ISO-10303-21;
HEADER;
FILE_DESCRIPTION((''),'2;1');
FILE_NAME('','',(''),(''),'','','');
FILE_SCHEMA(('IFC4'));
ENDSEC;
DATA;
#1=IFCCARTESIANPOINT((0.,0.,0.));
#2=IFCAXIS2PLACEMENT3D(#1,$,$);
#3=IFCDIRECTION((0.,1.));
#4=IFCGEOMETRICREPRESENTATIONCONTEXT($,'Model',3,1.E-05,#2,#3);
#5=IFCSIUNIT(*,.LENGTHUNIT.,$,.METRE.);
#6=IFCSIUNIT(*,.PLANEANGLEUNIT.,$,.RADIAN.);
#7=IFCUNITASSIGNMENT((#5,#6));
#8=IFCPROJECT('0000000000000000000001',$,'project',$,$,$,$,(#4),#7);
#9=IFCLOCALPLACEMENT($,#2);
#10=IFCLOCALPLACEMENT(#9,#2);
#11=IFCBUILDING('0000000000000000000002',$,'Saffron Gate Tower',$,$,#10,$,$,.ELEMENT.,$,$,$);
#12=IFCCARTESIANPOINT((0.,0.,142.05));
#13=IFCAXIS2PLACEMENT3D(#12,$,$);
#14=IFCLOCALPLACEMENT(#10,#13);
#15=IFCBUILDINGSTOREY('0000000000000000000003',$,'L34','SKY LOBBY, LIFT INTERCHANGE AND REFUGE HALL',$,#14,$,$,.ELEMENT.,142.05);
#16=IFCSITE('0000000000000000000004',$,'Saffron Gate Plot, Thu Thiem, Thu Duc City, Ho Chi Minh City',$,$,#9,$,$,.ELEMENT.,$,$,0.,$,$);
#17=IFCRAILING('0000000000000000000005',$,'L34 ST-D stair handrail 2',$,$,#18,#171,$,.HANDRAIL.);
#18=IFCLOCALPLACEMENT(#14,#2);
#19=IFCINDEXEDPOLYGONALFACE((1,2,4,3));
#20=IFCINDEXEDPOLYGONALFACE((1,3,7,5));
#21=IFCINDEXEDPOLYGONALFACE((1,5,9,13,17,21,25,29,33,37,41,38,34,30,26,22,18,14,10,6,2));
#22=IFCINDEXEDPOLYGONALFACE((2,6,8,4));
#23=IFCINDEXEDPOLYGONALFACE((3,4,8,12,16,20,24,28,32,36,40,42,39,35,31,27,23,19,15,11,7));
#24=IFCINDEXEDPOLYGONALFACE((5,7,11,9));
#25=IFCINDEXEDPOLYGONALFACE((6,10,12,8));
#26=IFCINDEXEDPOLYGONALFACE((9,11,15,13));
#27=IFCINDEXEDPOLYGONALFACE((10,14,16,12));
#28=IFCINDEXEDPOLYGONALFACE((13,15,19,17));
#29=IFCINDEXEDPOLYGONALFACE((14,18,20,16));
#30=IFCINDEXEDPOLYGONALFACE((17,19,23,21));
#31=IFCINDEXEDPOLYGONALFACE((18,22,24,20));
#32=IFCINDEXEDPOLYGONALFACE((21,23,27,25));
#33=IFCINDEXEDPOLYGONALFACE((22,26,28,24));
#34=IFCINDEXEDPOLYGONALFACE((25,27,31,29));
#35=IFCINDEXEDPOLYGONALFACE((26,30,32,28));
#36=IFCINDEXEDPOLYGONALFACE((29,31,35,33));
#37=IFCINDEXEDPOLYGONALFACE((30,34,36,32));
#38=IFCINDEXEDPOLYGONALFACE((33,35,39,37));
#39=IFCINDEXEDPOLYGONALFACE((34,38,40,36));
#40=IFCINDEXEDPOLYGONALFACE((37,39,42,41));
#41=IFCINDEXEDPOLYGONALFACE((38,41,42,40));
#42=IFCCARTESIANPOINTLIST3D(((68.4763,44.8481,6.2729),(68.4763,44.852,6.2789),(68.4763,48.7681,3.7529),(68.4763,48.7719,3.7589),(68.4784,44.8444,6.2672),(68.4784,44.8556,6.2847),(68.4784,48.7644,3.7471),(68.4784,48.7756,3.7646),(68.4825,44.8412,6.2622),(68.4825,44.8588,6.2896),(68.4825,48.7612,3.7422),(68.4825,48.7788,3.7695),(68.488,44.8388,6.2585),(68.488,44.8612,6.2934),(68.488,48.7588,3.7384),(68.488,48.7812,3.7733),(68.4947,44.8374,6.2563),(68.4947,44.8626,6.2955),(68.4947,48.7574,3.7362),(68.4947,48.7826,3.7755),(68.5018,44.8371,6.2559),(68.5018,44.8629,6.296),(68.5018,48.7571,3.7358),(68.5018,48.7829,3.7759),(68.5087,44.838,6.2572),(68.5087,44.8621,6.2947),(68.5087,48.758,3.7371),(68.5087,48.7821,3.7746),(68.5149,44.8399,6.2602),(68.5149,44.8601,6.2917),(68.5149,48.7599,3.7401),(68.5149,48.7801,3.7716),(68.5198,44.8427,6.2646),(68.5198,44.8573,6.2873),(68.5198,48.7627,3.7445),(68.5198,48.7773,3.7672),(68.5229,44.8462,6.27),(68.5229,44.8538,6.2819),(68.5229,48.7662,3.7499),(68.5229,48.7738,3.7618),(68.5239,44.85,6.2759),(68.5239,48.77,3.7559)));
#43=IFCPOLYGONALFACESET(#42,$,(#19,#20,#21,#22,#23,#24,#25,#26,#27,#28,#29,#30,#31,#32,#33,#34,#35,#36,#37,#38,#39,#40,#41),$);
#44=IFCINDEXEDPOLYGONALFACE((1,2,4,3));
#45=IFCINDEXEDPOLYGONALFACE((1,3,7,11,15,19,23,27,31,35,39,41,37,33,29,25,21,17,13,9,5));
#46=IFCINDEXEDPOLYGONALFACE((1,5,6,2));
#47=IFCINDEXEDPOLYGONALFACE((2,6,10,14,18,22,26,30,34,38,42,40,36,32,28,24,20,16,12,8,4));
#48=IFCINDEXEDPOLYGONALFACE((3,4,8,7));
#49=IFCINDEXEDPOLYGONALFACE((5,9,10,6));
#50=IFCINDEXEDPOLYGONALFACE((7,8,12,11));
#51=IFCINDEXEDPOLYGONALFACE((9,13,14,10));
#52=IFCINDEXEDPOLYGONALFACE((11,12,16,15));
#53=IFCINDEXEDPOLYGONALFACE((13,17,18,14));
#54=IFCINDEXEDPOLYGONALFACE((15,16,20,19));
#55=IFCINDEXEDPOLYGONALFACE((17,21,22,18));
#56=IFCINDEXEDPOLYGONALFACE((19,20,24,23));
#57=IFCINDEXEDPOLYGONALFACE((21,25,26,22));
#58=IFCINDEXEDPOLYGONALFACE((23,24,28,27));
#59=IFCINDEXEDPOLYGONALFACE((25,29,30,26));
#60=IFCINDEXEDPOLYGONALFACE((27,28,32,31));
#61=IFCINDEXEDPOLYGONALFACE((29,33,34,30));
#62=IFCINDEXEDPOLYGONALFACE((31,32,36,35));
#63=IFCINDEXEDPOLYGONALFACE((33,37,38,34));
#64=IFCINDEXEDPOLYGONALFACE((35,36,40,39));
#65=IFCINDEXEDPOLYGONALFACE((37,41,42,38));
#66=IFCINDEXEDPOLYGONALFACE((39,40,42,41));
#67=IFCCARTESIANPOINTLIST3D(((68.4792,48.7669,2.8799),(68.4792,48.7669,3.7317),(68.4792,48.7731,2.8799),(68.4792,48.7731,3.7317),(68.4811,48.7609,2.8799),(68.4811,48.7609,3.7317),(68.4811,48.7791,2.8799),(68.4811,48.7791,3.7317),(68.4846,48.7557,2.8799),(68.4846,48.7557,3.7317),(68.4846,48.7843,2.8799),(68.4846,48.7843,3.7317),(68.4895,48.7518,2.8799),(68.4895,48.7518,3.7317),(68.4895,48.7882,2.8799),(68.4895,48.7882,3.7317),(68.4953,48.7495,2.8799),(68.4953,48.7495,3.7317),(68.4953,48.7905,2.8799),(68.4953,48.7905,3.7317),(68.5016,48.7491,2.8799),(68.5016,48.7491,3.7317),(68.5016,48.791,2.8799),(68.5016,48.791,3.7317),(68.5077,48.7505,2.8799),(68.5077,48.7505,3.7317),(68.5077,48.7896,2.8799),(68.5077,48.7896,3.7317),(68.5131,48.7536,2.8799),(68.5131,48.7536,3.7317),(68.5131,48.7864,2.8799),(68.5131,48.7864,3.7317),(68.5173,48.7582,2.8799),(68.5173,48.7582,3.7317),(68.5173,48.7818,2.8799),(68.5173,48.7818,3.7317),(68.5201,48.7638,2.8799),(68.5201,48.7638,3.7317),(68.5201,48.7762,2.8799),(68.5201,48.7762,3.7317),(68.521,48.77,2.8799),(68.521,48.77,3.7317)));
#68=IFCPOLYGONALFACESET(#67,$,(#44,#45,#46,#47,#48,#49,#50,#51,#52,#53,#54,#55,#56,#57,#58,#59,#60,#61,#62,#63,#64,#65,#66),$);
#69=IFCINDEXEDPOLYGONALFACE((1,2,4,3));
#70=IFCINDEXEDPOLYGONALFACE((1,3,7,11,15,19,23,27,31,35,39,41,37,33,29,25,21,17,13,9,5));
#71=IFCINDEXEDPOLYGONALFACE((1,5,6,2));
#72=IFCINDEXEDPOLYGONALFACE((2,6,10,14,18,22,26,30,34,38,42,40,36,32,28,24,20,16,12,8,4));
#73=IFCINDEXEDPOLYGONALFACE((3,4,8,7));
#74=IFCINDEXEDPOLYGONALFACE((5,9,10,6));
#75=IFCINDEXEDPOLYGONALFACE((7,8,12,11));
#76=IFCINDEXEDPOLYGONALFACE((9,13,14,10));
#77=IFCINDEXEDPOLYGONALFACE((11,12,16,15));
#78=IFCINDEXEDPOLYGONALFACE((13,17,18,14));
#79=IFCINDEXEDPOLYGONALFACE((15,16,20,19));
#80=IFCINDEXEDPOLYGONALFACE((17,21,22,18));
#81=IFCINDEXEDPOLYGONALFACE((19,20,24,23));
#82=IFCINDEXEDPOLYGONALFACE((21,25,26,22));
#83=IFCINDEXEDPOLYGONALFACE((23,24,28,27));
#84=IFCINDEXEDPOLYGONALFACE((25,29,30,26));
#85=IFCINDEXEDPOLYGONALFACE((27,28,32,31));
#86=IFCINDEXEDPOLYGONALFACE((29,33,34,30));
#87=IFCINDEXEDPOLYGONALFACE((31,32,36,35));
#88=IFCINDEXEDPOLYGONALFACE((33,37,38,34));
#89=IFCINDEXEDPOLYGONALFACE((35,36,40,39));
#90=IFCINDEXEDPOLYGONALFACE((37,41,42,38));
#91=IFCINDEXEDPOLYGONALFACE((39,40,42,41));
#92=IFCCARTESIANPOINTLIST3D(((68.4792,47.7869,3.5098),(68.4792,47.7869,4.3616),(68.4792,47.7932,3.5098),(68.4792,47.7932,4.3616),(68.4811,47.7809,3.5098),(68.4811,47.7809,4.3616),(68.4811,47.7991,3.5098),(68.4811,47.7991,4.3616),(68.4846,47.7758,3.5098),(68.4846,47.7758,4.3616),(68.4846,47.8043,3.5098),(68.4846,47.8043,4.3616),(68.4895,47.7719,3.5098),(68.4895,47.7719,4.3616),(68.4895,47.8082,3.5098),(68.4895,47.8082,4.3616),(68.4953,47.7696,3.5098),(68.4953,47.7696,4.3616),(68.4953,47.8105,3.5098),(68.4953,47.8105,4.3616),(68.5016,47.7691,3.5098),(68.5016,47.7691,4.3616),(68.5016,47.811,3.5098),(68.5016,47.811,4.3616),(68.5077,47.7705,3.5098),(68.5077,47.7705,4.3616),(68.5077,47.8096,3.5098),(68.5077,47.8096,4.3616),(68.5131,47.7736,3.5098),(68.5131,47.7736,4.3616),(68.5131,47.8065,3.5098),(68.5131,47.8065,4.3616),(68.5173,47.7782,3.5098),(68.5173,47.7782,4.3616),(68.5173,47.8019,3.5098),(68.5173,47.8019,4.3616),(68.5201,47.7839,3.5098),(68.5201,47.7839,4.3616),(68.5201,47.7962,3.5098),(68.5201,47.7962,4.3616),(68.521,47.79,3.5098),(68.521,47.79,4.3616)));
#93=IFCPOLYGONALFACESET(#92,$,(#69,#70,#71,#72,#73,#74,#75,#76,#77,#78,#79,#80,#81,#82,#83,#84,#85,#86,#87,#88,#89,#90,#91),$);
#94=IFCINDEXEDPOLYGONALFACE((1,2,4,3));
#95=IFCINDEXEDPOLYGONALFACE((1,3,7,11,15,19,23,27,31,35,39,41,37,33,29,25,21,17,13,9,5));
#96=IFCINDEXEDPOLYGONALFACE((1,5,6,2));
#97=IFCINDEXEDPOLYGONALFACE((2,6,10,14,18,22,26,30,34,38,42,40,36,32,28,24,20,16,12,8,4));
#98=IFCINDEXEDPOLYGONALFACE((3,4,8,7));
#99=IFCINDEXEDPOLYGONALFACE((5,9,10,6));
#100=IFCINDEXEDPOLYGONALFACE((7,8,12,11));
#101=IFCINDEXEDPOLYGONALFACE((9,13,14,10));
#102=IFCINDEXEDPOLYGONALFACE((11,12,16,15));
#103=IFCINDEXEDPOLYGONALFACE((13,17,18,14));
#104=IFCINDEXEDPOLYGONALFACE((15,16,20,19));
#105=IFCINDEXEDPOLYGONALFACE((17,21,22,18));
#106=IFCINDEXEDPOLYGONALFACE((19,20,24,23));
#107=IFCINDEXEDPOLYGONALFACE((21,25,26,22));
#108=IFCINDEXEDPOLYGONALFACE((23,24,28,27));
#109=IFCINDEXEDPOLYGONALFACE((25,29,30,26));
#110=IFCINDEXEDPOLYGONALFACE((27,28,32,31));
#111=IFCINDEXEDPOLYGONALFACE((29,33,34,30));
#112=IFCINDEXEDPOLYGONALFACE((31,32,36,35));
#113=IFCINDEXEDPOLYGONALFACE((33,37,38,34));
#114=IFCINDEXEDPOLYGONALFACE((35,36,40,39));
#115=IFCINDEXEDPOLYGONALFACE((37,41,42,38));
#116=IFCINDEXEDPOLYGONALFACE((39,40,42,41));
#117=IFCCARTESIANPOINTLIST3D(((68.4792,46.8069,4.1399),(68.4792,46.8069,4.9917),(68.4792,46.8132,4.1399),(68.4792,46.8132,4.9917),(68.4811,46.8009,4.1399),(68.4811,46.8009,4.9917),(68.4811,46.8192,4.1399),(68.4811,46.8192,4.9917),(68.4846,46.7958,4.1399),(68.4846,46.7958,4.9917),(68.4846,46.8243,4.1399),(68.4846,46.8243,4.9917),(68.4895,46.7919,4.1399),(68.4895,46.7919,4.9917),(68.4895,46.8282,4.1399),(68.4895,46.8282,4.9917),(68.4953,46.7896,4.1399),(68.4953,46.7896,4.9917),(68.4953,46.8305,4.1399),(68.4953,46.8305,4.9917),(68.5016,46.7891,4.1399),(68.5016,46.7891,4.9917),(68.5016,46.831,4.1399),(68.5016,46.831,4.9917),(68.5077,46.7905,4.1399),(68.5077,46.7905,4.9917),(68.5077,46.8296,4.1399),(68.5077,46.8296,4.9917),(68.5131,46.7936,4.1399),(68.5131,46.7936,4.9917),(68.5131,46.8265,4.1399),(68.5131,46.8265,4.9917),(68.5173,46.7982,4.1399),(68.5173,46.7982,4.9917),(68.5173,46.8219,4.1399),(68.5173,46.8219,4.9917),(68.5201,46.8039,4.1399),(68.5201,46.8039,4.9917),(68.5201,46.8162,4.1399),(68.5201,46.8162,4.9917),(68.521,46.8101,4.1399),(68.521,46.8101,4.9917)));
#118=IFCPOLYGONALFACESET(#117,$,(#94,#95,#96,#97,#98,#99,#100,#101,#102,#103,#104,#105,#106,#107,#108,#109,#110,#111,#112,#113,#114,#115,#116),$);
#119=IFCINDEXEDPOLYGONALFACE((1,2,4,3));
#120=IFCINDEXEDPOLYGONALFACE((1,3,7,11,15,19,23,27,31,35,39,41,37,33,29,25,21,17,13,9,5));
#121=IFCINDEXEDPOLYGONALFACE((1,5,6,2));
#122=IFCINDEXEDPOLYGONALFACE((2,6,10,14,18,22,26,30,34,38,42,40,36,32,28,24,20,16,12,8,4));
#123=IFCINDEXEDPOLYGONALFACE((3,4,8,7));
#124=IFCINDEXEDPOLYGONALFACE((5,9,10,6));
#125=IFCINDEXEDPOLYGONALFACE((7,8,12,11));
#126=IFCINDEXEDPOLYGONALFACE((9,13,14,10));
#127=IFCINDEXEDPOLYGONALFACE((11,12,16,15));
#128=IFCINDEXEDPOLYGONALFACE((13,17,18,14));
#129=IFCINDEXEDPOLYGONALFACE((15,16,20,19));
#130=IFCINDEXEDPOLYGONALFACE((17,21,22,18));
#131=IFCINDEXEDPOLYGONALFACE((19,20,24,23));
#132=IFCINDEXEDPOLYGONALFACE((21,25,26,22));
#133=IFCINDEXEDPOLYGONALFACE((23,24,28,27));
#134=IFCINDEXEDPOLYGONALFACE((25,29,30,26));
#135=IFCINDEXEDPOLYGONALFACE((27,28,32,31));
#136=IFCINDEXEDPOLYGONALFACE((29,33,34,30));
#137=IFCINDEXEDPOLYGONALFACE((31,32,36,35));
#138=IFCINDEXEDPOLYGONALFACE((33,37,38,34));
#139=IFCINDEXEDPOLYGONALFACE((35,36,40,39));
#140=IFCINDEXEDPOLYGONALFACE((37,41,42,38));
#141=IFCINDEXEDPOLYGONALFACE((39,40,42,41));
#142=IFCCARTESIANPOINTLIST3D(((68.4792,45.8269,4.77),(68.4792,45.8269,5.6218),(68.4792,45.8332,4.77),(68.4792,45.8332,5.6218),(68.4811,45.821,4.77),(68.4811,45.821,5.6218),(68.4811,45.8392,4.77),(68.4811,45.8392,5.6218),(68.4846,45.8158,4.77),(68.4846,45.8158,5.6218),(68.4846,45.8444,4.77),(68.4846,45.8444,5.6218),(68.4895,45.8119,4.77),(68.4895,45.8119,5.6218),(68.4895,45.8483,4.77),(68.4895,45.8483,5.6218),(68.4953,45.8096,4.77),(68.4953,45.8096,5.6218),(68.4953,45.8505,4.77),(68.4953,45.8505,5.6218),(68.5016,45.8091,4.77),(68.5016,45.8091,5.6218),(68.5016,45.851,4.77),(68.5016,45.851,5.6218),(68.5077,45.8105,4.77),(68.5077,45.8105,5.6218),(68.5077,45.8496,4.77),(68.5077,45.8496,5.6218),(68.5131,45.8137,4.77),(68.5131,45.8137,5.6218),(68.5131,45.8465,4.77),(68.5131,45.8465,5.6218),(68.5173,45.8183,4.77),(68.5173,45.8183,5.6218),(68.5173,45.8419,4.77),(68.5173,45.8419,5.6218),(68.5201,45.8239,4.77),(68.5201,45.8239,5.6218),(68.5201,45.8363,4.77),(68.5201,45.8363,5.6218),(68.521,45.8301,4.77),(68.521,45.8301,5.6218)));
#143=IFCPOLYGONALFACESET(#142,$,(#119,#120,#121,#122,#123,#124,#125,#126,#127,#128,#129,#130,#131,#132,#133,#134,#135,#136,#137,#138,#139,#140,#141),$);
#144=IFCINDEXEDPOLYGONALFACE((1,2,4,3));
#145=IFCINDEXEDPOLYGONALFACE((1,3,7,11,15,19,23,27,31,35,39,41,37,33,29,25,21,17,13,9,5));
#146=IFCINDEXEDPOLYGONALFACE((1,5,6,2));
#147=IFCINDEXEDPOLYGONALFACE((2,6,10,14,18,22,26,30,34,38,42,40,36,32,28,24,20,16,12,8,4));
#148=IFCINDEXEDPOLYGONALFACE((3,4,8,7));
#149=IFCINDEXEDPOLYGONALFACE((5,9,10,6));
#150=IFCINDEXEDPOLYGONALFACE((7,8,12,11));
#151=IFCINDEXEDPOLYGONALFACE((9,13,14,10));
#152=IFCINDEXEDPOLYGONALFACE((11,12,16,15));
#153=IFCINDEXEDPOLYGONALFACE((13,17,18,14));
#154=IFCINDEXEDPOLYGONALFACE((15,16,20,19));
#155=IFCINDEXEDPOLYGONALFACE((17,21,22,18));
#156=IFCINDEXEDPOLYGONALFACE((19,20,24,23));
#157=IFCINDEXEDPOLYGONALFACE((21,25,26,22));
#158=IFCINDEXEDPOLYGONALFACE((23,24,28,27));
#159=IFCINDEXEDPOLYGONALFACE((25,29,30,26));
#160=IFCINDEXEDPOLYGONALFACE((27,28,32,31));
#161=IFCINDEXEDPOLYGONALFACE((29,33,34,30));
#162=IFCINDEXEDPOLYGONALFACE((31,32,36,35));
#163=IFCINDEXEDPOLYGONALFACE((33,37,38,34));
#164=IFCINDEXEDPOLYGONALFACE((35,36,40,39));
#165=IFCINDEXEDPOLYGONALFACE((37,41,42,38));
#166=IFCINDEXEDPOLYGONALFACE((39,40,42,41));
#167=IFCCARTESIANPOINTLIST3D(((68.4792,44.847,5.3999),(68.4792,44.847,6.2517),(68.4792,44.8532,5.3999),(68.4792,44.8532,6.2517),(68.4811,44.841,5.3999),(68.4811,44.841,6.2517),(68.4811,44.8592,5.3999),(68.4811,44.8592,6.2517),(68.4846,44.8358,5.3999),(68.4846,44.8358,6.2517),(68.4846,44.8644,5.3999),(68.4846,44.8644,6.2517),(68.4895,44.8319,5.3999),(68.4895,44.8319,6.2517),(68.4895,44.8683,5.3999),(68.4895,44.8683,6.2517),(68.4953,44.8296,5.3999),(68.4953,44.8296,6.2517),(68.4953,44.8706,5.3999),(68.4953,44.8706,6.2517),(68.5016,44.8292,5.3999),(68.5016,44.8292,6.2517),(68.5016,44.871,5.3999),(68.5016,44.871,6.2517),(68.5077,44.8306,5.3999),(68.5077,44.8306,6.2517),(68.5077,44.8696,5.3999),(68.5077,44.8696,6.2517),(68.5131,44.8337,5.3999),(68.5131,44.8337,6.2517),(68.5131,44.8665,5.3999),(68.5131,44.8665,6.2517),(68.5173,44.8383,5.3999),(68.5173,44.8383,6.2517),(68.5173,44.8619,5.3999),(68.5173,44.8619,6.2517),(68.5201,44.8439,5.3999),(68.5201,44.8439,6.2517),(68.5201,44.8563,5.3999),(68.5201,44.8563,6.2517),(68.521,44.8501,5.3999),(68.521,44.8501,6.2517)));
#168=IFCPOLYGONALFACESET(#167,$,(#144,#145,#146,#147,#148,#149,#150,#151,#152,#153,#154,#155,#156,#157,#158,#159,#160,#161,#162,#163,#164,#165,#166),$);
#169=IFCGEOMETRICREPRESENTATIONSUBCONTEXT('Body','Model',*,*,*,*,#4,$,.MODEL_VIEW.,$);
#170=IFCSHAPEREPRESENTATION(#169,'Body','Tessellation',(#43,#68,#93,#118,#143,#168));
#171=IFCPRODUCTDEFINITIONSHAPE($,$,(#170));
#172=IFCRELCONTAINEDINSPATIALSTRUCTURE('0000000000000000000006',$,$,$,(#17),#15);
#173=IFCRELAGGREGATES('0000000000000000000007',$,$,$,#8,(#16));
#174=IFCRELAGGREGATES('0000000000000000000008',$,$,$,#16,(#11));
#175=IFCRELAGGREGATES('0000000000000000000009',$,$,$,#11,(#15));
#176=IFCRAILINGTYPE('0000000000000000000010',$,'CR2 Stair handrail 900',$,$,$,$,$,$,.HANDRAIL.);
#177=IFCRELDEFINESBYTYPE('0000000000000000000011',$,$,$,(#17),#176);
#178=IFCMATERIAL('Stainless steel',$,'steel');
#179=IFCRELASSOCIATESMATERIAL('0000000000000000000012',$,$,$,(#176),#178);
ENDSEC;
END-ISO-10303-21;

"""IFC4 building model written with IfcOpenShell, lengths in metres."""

from ifc_helpers import new_model, si_unit, direction, frame, origin, origin_2d, place, context, subcontext, project, spatial, circle, extrude, material, type_object, element, save


model = new_model("IFC4")

# Units and contexts
model_context = context("Model", 3, precision=1e-05, world=origin(), true_north=direction((0.0, 1.0)))
body_context = subcontext(model_context, "Body", "Model", "MODEL_VIEW")
ifc_project = project(units=[si_unit("LENGTHUNIT", "METRE"), si_unit("PLANEANGLEUNIT", "RADIAN")], contexts=[model_context])

# Site, building, storey
site_placement = place(None, origin())
site = spatial("IfcSite", under=ifc_project, at=site_placement, Name="Saffron Gate Plot, Thu Thiem, Thu Duc City, Ho Chi Minh City", CompositionType="ELEMENT", RefElevation=0.0)
building_placement = place(site_placement, origin())
building = spatial("IfcBuilding", under=site, at=building_placement, Name="Saffron Gate Tower", CompositionType="ELEMENT")
storey_placement = place(building_placement, frame((0.0, 0.0, 142.05)))
storey = spatial("IfcBuildingStorey", under=building, at=storey_placement, Name="L34", Description="SKY LOBBY, LIFT INTERCHANGE AND REFUGE HALL", CompositionType="ELEMENT", Elevation=142.05)

# Railing
ifc_material_1 = material(Name="Stainless steel", Category="steel")
railing_type_1 = type_object("IfcRailingType", Name="CR2 Stair handrail 900", PredefinedType="HANDRAIL", material=ifc_material_1)
railing_1_placement = place(storey_placement, frame((68.5, 48.77, 2.8799)))
element("IfcRailing", 1, at=railing_1_placement, inside=storey, type_object=railing_type_1, Name="L34 ST-D stair handrail 2", PredefinedType="HANDRAIL", context=body_context, shape_type="SweptSolid", body=[
    extrude(circle(Radius=0.0239, at=origin_2d()), frame((0.0, 0.0, 0.876), z_axis=(0.0, -0.841172, 0.540768), x_axis=(1.0, 0.0, 0.0)), (0.0, 0.0, 1.0), 4.6602),
    extrude(circle(Radius=0.021, at=origin_2d()), origin(), (0.0, 0.0, 1.0), 0.8518),
    extrude(circle(Radius=0.021, at=origin_2d()), frame((0.0, -0.98, 0.6299)), (0.0, 0.0, 1.0), 0.8518),
    extrude(circle(Radius=0.021, at=origin_2d()), frame((0.0, -1.96, 1.26)), (0.0, 0.0, 1.0), 0.8518),
    extrude(circle(Radius=0.021, at=origin_2d()), frame((0.0, -2.9399, 1.8901)), (0.0, 0.0, 1.0), 0.8518),
    extrude(circle(Radius=0.021, at=origin_2d()), frame((0.0, -3.9199, 2.52)), (0.0, 0.0, 1.0), 0.8518),
])

save(model, "model.ifc")
